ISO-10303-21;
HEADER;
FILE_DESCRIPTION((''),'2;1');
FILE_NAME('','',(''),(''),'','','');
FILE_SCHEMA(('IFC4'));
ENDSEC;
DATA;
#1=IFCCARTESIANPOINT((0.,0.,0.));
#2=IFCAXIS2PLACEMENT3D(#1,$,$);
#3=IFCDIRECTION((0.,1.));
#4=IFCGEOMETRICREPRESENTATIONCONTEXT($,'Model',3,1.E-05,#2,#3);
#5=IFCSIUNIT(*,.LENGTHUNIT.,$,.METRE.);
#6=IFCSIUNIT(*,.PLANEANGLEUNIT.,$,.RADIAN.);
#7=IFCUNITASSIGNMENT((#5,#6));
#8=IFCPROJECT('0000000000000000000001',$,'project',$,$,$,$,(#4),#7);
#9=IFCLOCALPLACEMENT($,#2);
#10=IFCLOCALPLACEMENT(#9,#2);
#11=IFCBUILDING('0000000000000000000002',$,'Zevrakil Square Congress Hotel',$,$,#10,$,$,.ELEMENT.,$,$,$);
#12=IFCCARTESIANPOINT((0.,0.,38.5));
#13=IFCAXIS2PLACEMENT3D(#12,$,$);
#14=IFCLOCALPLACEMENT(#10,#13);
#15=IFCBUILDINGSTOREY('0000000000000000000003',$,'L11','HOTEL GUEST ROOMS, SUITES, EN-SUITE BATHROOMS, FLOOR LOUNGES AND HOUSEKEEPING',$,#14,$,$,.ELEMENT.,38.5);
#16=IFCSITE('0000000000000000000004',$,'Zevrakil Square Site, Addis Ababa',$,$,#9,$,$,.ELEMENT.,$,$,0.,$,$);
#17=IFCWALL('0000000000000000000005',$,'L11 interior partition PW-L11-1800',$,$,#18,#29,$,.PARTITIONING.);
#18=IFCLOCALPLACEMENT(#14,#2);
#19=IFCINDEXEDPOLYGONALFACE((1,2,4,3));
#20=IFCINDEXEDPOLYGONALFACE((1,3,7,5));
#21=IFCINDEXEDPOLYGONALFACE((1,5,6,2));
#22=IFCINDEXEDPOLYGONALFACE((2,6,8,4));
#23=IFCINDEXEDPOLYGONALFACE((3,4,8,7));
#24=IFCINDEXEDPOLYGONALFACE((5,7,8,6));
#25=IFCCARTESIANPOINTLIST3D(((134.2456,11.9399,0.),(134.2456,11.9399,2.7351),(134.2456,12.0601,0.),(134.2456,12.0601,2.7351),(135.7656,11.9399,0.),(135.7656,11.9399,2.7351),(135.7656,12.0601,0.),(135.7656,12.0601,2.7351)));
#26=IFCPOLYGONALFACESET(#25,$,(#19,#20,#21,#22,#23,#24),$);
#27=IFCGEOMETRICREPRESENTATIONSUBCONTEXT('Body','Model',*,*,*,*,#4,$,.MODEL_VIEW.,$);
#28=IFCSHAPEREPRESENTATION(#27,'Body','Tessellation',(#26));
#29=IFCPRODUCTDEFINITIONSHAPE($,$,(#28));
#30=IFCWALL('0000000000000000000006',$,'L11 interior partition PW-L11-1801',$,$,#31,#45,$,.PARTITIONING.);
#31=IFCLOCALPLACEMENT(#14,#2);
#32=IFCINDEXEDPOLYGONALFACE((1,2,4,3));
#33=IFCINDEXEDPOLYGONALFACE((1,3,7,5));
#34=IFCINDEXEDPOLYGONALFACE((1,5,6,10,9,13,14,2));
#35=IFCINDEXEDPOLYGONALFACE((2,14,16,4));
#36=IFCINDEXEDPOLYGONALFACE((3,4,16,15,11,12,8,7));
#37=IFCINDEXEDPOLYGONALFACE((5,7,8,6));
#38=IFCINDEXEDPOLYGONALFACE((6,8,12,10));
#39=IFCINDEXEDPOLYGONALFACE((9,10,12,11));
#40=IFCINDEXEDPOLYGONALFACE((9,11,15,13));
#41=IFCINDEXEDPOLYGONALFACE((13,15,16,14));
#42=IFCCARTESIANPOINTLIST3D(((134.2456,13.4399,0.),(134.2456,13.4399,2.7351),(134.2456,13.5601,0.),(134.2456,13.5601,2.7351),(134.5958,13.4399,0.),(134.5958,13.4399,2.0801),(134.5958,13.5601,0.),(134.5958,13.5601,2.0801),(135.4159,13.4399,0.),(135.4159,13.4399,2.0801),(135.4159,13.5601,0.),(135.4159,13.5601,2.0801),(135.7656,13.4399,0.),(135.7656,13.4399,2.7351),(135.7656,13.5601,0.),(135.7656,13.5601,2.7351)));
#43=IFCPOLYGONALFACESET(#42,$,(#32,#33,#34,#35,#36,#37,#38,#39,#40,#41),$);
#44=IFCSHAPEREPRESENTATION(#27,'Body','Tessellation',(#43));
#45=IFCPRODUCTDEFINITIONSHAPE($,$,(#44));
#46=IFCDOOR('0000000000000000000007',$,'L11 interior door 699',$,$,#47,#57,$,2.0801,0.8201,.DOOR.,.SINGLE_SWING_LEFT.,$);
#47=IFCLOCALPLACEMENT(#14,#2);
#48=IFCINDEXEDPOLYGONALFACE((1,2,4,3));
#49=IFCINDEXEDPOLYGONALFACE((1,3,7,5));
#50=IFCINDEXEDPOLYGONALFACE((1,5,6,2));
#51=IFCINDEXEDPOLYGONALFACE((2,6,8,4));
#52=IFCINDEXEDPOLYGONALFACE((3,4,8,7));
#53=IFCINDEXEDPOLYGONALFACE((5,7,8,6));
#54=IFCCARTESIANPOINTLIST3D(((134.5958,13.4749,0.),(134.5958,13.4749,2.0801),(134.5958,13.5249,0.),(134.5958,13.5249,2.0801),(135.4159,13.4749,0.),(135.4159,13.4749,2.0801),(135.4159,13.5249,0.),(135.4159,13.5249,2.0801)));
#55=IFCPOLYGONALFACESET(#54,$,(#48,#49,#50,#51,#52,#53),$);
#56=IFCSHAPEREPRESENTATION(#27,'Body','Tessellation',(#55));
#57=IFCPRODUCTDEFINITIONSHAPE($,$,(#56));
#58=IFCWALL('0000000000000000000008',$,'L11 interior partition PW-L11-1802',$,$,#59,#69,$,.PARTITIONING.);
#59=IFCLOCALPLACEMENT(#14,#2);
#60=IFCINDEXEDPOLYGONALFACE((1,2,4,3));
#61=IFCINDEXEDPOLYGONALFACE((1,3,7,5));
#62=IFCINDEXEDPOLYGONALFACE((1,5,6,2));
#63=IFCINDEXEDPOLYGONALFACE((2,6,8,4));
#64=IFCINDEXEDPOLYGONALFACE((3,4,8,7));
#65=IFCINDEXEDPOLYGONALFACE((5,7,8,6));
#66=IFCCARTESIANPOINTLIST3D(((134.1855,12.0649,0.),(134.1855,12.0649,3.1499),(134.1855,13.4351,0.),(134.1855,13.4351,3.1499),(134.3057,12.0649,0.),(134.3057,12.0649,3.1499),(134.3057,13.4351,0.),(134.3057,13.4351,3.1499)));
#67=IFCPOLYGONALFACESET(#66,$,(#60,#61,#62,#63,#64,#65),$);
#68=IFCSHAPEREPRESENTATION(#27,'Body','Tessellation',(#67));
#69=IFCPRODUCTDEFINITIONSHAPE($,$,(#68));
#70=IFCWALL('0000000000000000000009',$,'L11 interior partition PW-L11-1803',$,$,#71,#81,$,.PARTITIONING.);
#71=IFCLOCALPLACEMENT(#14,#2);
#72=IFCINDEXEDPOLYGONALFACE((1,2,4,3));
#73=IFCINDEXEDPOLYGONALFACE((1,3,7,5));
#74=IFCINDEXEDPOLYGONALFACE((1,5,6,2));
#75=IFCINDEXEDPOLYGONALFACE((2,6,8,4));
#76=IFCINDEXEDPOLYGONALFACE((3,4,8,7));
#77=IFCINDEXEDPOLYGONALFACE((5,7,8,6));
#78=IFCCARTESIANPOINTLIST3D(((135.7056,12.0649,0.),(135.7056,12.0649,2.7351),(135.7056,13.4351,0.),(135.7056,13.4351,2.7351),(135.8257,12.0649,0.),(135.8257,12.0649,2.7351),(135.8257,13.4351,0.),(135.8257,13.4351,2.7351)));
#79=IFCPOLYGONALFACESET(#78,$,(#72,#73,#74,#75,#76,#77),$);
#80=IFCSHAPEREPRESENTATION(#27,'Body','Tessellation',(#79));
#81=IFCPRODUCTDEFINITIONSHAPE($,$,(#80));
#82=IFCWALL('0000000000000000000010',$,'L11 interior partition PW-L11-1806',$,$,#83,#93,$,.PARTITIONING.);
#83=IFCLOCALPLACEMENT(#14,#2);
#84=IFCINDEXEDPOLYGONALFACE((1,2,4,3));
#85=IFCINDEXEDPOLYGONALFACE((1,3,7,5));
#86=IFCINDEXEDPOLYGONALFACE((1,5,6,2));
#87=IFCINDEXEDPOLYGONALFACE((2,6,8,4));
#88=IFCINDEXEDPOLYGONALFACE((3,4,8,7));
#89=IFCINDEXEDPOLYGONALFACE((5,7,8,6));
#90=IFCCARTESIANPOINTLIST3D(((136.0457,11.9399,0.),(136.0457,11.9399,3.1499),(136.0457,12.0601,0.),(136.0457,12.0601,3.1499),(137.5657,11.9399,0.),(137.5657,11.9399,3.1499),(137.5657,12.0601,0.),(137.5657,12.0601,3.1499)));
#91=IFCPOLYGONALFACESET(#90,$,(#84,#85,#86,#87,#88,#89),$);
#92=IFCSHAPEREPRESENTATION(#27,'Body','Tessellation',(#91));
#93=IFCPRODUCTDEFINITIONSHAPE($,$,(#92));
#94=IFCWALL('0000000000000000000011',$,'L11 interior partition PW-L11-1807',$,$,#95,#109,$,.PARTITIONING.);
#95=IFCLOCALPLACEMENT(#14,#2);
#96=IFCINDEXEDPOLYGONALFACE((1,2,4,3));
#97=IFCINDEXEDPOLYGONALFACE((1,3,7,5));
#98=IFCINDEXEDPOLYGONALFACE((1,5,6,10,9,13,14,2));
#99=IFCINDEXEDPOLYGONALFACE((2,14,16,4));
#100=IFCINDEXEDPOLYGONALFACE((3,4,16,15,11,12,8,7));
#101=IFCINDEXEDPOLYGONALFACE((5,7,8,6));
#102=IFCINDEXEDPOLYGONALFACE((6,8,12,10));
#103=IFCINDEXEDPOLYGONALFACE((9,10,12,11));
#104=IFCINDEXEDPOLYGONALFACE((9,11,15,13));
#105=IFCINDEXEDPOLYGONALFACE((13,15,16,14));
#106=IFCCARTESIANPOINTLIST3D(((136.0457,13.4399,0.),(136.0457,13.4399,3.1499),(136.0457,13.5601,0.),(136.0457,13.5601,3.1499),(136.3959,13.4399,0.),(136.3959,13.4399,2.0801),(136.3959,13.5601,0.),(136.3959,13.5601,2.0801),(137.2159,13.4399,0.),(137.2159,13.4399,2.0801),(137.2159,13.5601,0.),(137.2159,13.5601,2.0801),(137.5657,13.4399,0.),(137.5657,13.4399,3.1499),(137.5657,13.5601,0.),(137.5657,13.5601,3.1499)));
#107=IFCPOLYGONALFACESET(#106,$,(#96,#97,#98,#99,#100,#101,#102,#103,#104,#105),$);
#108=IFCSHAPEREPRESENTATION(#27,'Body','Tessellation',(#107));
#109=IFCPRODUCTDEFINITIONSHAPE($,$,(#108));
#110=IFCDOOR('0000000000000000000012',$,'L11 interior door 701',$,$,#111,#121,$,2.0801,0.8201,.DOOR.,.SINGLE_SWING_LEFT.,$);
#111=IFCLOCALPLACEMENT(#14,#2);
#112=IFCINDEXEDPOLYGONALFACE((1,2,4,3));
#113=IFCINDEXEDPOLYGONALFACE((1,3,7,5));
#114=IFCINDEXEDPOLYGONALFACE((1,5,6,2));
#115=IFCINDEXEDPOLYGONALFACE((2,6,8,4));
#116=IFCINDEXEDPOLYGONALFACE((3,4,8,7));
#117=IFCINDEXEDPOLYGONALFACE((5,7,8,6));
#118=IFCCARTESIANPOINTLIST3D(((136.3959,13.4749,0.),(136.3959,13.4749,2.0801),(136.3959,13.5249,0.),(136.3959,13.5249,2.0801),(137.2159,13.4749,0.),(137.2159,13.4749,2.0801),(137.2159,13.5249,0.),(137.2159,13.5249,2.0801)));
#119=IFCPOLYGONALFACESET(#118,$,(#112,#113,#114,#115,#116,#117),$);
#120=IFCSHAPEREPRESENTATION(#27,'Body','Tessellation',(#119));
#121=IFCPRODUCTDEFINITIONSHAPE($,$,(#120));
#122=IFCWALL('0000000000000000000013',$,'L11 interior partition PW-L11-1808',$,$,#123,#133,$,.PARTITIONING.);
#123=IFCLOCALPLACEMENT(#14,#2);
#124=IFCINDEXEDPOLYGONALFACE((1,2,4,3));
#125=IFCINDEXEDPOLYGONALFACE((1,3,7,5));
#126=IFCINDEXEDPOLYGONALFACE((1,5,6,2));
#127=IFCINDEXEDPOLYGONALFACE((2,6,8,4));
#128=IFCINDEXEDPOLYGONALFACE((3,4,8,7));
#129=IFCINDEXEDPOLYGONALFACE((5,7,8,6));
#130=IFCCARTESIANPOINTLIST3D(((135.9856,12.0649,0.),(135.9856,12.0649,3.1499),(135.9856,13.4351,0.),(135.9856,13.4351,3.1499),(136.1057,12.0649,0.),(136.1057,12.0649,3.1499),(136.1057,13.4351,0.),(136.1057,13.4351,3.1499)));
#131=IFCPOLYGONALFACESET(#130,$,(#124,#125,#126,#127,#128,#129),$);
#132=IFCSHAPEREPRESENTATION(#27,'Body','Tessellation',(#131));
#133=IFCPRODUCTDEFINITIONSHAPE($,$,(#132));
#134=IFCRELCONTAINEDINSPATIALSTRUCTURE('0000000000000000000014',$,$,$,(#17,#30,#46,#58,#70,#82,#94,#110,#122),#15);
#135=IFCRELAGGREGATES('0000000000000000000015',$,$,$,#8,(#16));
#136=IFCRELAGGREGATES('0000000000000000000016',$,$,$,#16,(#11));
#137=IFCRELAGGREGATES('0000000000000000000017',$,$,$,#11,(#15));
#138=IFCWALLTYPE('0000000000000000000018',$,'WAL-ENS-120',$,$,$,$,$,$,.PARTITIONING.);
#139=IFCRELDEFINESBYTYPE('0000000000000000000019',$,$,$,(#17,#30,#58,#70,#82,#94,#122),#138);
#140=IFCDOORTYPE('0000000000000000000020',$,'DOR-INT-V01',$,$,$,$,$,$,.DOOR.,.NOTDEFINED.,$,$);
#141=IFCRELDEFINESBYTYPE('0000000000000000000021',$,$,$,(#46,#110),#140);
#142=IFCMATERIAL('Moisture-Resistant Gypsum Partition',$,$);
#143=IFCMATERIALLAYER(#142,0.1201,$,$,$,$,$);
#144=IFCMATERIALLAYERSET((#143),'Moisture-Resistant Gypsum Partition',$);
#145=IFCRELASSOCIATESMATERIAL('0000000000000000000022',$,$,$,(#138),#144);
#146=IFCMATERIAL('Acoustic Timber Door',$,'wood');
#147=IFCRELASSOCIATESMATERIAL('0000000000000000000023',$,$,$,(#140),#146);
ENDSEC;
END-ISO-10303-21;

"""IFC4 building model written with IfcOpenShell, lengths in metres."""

from ifc_helpers import new_model, si_unit, direction, frame, frame_2d, origin, place, context, subcontext, project, spatial, rectangle, extrude, material, layer, layer_set, type_object, element, fill, save


model = new_model("IFC4")

# Units and contexts
model_context = context("Model", 3, precision=1e-05, world=origin(), true_north=direction((0.0, 1.0)))
body_context = subcontext(model_context, "Body", "Model", "MODEL_VIEW")
ifc_project = project(units=[si_unit("LENGTHUNIT", "METRE"), si_unit("PLANEANGLEUNIT", "RADIAN")], contexts=[model_context])

# Site, building, storey
site_placement = place(None, origin())
site = spatial("IfcSite", under=ifc_project, at=site_placement, Name="Zevrakil Square Site, Addis Ababa", CompositionType="ELEMENT", RefElevation=0.0)
building_placement = place(site_placement, origin())
building = spatial("IfcBuilding", under=site, at=building_placement, Name="Zevrakil Square Congress Hotel", CompositionType="ELEMENT")
storey_placement = place(building_placement, frame((0.0, 0.0, 38.5)))
storey = spatial("IfcBuildingStorey", under=building, at=storey_placement, Name="L11", Description="HOTEL GUEST ROOMS, SUITES, EN-SUITE BATHROOMS, FLOOR LOUNGES AND HOUSEKEEPING", CompositionType="ELEMENT", Elevation=38.5)

# Wall
ifc_material_1 = material(Name="Moisture-Resistant Gypsum Partition")
ifc_layer_1 = layer(ifc_material_1, 0.1201)
ifc_layer_set_1 = layer_set([ifc_layer_1], Name="Moisture-Resistant Gypsum Partition")
wall_type_1 = type_object("IfcWallType", Name="WAL-ENS-120", PredefinedType="PARTITIONING", material=ifc_layer_set_1)
wall_1_placement = place(storey_placement, frame((134.2456, 12.0, 0.0), z_axis=(0.0, 0.0, 1.0), x_axis=(1.0, 0.0, 0.0)))
element("IfcWall", 1, at=wall_1_placement, inside=storey, type_object=wall_type_1, Name="L11 interior partition PW-L11-1800", PredefinedType="PARTITIONING", context=body_context, shape_type="SweptSolid", body=[
    extrude(rectangle(XDim=1.52, YDim=0.1201, at=frame_2d((0.76, 0.0))), origin(), (0.0, 0.0, 1.0), 2.7351),
])

# Wall, opening, door
wall_2_placement = place(storey_placement, frame((134.2456, 13.5, 0.0), z_axis=(0.0, 0.0, 1.0), x_axis=(1.0, 0.0, 0.0)))
wall_2 = element("IfcWall", 2, at=wall_2_placement, inside=storey, type_object=wall_type_1, Name="L11 interior partition PW-L11-1801", PredefinedType="PARTITIONING", context=body_context, shape_type="SweptSolid", body=[
    extrude(rectangle(XDim=1.52, YDim=0.1201, at=frame_2d((0.76, 0.0))), origin(), (0.0, 0.0, 1.0), 2.7351),
])
opening_1_placement = place(wall_2_placement, frame((0.3501, 0.0, 0.0)))
opening_1 = element("IfcOpeningElement", 3, at=opening_1_placement, cuts=wall_2, PredefinedType="OPENING", context=body_context, shape_type="SweptSolid", body=[
    extrude(rectangle(XDim=0.8201, YDim=2.0801, at=frame_2d((0.4102, 1.04))), frame((0.0, 0.0701, 0.0), z_axis=(0.0, -1.0, 0.0), x_axis=(1.0, 0.0, 0.0)), (0.0, 0.0, 1.0), 0.1401),
])
ifc_material_2 = material(Name="Acoustic Timber Door", Category="wood")
door_type_1 = type_object("IfcDoorType", Name="DOR-INT-V01", OperationType="NOTDEFINED", PredefinedType="DOOR", material=ifc_material_2)
door_1_placement = place(opening_1_placement, origin())
door_1 = element("IfcDoor", 4, at=door_1_placement, inside=storey, type_object=door_type_1, Name="L11 interior door 699", OperationType="SINGLE_SWING_LEFT", OverallHeight=2.0801, OverallWidth=0.8201, PredefinedType="DOOR", context=body_context, shape_type="SweptSolid", body=[
    extrude(rectangle(XDim=0.8201, YDim=2.0801, at=frame_2d((0.4102, 1.04))), frame((0.0, 0.0249, 0.0), z_axis=(0.0, -1.0, 0.0), x_axis=(1.0, 0.0, 0.0)), (0.0, 0.0, 1.0), 0.05),
])
fill(opening_1, door_1)

# Walls
wall_3_placement = place(storey_placement, frame((134.2456, 12.0649, 0.0), z_axis=(0.0, 0.0, 1.0), x_axis=(0.0, 1.0, 0.0)))
element("IfcWall", 5, at=wall_3_placement, inside=storey, type_object=wall_type_1, Name="L11 interior partition PW-L11-1802", PredefinedType="PARTITIONING", context=body_context, shape_type="SweptSolid", body=[
    extrude(rectangle(XDim=1.3701, YDim=0.1201, at=frame_2d((0.6851, 0.0))), origin(), (0.0, 0.0, 1.0), 3.1499),
])
wall_4_placement = place(storey_placement, frame((135.7656, 12.0649, 0.0), z_axis=(0.0, 0.0, 1.0), x_axis=(0.0, 1.0, 0.0)))
element("IfcWall", 6, at=wall_4_placement, inside=storey, type_object=wall_type_1, Name="L11 interior partition PW-L11-1803", PredefinedType="PARTITIONING", context=body_context, shape_type="SweptSolid", body=[
    extrude(rectangle(XDim=1.3701, YDim=0.1201, at=frame_2d((0.6851, 0.0))), origin(), (0.0, 0.0, 1.0), 2.7351),
])
wall_5_placement = place(storey_placement, frame((136.0457, 12.0, 0.0), z_axis=(0.0, 0.0, 1.0), x_axis=(1.0, 0.0, 0.0)))
element("IfcWall", 7, at=wall_5_placement, inside=storey, type_object=wall_type_1, Name="L11 interior partition PW-L11-1806", PredefinedType="PARTITIONING", context=body_context, shape_type="SweptSolid", body=[
    extrude(rectangle(XDim=1.52, YDim=0.1201, at=frame_2d((0.76, 0.0))), origin(), (0.0, 0.0, 1.0), 3.1499),
])

# Wall, opening, door
wall_6_placement = place(storey_placement, frame((136.0457, 13.5, 0.0), z_axis=(0.0, 0.0, 1.0), x_axis=(1.0, 0.0, 0.0)))
wall_6 = element("IfcWall", 8, at=wall_6_placement, inside=storey, type_object=wall_type_1, Name="L11 interior partition PW-L11-1807", PredefinedType="PARTITIONING", context=body_context, shape_type="SweptSolid", body=[
    extrude(rectangle(XDim=1.52, YDim=0.1201, at=frame_2d((0.76, 0.0))), origin(), (0.0, 0.0, 1.0), 3.1499),
])
opening_2_placement = place(wall_6_placement, frame((0.3501, 0.0, 0.0)))
opening_2 = element("IfcOpeningElement", 9, at=opening_2_placement, cuts=wall_6, PredefinedType="OPENING", context=body_context, shape_type="SweptSolid", body=[
    extrude(rectangle(XDim=0.8201, YDim=2.0801, at=frame_2d((0.4102, 1.04))), frame((0.0, 0.0701, 0.0), z_axis=(0.0, -1.0, 0.0), x_axis=(1.0, 0.0, 0.0)), (0.0, 0.0, 1.0), 0.1401),
])
door_2_placement = place(opening_2_placement, origin())
door_2 = element("IfcDoor", 10, at=door_2_placement, inside=storey, type_object=door_type_1, Name="L11 interior door 701", OperationType="SINGLE_SWING_LEFT", OverallHeight=2.0801, OverallWidth=0.8201, PredefinedType="DOOR", context=body_context, shape_type="SweptSolid", body=[
    extrude(rectangle(XDim=0.8201, YDim=2.0801, at=frame_2d((0.4102, 1.04))), frame((0.0, 0.0249, 0.0), z_axis=(0.0, -1.0, 0.0), x_axis=(1.0, 0.0, 0.0)), (0.0, 0.0, 1.0), 0.05),
])
fill(opening_2, door_2)

# Wall
wall_7_placement = place(storey_placement, frame((136.0457, 12.0649, 0.0), z_axis=(0.0, 0.0, 1.0), x_axis=(0.0, 1.0, 0.0)))
element("IfcWall", 11, at=wall_7_placement, inside=storey, type_object=wall_type_1, Name="L11 interior partition PW-L11-1808", PredefinedType="PARTITIONING", context=body_context, shape_type="SweptSolid", body=[
    extrude(rectangle(XDim=1.3701, YDim=0.1201, at=frame_2d((0.6851, 0.0))), origin(), (0.0, 0.0, 1.0), 3.1499),
])

save(model, "model.ifc")
